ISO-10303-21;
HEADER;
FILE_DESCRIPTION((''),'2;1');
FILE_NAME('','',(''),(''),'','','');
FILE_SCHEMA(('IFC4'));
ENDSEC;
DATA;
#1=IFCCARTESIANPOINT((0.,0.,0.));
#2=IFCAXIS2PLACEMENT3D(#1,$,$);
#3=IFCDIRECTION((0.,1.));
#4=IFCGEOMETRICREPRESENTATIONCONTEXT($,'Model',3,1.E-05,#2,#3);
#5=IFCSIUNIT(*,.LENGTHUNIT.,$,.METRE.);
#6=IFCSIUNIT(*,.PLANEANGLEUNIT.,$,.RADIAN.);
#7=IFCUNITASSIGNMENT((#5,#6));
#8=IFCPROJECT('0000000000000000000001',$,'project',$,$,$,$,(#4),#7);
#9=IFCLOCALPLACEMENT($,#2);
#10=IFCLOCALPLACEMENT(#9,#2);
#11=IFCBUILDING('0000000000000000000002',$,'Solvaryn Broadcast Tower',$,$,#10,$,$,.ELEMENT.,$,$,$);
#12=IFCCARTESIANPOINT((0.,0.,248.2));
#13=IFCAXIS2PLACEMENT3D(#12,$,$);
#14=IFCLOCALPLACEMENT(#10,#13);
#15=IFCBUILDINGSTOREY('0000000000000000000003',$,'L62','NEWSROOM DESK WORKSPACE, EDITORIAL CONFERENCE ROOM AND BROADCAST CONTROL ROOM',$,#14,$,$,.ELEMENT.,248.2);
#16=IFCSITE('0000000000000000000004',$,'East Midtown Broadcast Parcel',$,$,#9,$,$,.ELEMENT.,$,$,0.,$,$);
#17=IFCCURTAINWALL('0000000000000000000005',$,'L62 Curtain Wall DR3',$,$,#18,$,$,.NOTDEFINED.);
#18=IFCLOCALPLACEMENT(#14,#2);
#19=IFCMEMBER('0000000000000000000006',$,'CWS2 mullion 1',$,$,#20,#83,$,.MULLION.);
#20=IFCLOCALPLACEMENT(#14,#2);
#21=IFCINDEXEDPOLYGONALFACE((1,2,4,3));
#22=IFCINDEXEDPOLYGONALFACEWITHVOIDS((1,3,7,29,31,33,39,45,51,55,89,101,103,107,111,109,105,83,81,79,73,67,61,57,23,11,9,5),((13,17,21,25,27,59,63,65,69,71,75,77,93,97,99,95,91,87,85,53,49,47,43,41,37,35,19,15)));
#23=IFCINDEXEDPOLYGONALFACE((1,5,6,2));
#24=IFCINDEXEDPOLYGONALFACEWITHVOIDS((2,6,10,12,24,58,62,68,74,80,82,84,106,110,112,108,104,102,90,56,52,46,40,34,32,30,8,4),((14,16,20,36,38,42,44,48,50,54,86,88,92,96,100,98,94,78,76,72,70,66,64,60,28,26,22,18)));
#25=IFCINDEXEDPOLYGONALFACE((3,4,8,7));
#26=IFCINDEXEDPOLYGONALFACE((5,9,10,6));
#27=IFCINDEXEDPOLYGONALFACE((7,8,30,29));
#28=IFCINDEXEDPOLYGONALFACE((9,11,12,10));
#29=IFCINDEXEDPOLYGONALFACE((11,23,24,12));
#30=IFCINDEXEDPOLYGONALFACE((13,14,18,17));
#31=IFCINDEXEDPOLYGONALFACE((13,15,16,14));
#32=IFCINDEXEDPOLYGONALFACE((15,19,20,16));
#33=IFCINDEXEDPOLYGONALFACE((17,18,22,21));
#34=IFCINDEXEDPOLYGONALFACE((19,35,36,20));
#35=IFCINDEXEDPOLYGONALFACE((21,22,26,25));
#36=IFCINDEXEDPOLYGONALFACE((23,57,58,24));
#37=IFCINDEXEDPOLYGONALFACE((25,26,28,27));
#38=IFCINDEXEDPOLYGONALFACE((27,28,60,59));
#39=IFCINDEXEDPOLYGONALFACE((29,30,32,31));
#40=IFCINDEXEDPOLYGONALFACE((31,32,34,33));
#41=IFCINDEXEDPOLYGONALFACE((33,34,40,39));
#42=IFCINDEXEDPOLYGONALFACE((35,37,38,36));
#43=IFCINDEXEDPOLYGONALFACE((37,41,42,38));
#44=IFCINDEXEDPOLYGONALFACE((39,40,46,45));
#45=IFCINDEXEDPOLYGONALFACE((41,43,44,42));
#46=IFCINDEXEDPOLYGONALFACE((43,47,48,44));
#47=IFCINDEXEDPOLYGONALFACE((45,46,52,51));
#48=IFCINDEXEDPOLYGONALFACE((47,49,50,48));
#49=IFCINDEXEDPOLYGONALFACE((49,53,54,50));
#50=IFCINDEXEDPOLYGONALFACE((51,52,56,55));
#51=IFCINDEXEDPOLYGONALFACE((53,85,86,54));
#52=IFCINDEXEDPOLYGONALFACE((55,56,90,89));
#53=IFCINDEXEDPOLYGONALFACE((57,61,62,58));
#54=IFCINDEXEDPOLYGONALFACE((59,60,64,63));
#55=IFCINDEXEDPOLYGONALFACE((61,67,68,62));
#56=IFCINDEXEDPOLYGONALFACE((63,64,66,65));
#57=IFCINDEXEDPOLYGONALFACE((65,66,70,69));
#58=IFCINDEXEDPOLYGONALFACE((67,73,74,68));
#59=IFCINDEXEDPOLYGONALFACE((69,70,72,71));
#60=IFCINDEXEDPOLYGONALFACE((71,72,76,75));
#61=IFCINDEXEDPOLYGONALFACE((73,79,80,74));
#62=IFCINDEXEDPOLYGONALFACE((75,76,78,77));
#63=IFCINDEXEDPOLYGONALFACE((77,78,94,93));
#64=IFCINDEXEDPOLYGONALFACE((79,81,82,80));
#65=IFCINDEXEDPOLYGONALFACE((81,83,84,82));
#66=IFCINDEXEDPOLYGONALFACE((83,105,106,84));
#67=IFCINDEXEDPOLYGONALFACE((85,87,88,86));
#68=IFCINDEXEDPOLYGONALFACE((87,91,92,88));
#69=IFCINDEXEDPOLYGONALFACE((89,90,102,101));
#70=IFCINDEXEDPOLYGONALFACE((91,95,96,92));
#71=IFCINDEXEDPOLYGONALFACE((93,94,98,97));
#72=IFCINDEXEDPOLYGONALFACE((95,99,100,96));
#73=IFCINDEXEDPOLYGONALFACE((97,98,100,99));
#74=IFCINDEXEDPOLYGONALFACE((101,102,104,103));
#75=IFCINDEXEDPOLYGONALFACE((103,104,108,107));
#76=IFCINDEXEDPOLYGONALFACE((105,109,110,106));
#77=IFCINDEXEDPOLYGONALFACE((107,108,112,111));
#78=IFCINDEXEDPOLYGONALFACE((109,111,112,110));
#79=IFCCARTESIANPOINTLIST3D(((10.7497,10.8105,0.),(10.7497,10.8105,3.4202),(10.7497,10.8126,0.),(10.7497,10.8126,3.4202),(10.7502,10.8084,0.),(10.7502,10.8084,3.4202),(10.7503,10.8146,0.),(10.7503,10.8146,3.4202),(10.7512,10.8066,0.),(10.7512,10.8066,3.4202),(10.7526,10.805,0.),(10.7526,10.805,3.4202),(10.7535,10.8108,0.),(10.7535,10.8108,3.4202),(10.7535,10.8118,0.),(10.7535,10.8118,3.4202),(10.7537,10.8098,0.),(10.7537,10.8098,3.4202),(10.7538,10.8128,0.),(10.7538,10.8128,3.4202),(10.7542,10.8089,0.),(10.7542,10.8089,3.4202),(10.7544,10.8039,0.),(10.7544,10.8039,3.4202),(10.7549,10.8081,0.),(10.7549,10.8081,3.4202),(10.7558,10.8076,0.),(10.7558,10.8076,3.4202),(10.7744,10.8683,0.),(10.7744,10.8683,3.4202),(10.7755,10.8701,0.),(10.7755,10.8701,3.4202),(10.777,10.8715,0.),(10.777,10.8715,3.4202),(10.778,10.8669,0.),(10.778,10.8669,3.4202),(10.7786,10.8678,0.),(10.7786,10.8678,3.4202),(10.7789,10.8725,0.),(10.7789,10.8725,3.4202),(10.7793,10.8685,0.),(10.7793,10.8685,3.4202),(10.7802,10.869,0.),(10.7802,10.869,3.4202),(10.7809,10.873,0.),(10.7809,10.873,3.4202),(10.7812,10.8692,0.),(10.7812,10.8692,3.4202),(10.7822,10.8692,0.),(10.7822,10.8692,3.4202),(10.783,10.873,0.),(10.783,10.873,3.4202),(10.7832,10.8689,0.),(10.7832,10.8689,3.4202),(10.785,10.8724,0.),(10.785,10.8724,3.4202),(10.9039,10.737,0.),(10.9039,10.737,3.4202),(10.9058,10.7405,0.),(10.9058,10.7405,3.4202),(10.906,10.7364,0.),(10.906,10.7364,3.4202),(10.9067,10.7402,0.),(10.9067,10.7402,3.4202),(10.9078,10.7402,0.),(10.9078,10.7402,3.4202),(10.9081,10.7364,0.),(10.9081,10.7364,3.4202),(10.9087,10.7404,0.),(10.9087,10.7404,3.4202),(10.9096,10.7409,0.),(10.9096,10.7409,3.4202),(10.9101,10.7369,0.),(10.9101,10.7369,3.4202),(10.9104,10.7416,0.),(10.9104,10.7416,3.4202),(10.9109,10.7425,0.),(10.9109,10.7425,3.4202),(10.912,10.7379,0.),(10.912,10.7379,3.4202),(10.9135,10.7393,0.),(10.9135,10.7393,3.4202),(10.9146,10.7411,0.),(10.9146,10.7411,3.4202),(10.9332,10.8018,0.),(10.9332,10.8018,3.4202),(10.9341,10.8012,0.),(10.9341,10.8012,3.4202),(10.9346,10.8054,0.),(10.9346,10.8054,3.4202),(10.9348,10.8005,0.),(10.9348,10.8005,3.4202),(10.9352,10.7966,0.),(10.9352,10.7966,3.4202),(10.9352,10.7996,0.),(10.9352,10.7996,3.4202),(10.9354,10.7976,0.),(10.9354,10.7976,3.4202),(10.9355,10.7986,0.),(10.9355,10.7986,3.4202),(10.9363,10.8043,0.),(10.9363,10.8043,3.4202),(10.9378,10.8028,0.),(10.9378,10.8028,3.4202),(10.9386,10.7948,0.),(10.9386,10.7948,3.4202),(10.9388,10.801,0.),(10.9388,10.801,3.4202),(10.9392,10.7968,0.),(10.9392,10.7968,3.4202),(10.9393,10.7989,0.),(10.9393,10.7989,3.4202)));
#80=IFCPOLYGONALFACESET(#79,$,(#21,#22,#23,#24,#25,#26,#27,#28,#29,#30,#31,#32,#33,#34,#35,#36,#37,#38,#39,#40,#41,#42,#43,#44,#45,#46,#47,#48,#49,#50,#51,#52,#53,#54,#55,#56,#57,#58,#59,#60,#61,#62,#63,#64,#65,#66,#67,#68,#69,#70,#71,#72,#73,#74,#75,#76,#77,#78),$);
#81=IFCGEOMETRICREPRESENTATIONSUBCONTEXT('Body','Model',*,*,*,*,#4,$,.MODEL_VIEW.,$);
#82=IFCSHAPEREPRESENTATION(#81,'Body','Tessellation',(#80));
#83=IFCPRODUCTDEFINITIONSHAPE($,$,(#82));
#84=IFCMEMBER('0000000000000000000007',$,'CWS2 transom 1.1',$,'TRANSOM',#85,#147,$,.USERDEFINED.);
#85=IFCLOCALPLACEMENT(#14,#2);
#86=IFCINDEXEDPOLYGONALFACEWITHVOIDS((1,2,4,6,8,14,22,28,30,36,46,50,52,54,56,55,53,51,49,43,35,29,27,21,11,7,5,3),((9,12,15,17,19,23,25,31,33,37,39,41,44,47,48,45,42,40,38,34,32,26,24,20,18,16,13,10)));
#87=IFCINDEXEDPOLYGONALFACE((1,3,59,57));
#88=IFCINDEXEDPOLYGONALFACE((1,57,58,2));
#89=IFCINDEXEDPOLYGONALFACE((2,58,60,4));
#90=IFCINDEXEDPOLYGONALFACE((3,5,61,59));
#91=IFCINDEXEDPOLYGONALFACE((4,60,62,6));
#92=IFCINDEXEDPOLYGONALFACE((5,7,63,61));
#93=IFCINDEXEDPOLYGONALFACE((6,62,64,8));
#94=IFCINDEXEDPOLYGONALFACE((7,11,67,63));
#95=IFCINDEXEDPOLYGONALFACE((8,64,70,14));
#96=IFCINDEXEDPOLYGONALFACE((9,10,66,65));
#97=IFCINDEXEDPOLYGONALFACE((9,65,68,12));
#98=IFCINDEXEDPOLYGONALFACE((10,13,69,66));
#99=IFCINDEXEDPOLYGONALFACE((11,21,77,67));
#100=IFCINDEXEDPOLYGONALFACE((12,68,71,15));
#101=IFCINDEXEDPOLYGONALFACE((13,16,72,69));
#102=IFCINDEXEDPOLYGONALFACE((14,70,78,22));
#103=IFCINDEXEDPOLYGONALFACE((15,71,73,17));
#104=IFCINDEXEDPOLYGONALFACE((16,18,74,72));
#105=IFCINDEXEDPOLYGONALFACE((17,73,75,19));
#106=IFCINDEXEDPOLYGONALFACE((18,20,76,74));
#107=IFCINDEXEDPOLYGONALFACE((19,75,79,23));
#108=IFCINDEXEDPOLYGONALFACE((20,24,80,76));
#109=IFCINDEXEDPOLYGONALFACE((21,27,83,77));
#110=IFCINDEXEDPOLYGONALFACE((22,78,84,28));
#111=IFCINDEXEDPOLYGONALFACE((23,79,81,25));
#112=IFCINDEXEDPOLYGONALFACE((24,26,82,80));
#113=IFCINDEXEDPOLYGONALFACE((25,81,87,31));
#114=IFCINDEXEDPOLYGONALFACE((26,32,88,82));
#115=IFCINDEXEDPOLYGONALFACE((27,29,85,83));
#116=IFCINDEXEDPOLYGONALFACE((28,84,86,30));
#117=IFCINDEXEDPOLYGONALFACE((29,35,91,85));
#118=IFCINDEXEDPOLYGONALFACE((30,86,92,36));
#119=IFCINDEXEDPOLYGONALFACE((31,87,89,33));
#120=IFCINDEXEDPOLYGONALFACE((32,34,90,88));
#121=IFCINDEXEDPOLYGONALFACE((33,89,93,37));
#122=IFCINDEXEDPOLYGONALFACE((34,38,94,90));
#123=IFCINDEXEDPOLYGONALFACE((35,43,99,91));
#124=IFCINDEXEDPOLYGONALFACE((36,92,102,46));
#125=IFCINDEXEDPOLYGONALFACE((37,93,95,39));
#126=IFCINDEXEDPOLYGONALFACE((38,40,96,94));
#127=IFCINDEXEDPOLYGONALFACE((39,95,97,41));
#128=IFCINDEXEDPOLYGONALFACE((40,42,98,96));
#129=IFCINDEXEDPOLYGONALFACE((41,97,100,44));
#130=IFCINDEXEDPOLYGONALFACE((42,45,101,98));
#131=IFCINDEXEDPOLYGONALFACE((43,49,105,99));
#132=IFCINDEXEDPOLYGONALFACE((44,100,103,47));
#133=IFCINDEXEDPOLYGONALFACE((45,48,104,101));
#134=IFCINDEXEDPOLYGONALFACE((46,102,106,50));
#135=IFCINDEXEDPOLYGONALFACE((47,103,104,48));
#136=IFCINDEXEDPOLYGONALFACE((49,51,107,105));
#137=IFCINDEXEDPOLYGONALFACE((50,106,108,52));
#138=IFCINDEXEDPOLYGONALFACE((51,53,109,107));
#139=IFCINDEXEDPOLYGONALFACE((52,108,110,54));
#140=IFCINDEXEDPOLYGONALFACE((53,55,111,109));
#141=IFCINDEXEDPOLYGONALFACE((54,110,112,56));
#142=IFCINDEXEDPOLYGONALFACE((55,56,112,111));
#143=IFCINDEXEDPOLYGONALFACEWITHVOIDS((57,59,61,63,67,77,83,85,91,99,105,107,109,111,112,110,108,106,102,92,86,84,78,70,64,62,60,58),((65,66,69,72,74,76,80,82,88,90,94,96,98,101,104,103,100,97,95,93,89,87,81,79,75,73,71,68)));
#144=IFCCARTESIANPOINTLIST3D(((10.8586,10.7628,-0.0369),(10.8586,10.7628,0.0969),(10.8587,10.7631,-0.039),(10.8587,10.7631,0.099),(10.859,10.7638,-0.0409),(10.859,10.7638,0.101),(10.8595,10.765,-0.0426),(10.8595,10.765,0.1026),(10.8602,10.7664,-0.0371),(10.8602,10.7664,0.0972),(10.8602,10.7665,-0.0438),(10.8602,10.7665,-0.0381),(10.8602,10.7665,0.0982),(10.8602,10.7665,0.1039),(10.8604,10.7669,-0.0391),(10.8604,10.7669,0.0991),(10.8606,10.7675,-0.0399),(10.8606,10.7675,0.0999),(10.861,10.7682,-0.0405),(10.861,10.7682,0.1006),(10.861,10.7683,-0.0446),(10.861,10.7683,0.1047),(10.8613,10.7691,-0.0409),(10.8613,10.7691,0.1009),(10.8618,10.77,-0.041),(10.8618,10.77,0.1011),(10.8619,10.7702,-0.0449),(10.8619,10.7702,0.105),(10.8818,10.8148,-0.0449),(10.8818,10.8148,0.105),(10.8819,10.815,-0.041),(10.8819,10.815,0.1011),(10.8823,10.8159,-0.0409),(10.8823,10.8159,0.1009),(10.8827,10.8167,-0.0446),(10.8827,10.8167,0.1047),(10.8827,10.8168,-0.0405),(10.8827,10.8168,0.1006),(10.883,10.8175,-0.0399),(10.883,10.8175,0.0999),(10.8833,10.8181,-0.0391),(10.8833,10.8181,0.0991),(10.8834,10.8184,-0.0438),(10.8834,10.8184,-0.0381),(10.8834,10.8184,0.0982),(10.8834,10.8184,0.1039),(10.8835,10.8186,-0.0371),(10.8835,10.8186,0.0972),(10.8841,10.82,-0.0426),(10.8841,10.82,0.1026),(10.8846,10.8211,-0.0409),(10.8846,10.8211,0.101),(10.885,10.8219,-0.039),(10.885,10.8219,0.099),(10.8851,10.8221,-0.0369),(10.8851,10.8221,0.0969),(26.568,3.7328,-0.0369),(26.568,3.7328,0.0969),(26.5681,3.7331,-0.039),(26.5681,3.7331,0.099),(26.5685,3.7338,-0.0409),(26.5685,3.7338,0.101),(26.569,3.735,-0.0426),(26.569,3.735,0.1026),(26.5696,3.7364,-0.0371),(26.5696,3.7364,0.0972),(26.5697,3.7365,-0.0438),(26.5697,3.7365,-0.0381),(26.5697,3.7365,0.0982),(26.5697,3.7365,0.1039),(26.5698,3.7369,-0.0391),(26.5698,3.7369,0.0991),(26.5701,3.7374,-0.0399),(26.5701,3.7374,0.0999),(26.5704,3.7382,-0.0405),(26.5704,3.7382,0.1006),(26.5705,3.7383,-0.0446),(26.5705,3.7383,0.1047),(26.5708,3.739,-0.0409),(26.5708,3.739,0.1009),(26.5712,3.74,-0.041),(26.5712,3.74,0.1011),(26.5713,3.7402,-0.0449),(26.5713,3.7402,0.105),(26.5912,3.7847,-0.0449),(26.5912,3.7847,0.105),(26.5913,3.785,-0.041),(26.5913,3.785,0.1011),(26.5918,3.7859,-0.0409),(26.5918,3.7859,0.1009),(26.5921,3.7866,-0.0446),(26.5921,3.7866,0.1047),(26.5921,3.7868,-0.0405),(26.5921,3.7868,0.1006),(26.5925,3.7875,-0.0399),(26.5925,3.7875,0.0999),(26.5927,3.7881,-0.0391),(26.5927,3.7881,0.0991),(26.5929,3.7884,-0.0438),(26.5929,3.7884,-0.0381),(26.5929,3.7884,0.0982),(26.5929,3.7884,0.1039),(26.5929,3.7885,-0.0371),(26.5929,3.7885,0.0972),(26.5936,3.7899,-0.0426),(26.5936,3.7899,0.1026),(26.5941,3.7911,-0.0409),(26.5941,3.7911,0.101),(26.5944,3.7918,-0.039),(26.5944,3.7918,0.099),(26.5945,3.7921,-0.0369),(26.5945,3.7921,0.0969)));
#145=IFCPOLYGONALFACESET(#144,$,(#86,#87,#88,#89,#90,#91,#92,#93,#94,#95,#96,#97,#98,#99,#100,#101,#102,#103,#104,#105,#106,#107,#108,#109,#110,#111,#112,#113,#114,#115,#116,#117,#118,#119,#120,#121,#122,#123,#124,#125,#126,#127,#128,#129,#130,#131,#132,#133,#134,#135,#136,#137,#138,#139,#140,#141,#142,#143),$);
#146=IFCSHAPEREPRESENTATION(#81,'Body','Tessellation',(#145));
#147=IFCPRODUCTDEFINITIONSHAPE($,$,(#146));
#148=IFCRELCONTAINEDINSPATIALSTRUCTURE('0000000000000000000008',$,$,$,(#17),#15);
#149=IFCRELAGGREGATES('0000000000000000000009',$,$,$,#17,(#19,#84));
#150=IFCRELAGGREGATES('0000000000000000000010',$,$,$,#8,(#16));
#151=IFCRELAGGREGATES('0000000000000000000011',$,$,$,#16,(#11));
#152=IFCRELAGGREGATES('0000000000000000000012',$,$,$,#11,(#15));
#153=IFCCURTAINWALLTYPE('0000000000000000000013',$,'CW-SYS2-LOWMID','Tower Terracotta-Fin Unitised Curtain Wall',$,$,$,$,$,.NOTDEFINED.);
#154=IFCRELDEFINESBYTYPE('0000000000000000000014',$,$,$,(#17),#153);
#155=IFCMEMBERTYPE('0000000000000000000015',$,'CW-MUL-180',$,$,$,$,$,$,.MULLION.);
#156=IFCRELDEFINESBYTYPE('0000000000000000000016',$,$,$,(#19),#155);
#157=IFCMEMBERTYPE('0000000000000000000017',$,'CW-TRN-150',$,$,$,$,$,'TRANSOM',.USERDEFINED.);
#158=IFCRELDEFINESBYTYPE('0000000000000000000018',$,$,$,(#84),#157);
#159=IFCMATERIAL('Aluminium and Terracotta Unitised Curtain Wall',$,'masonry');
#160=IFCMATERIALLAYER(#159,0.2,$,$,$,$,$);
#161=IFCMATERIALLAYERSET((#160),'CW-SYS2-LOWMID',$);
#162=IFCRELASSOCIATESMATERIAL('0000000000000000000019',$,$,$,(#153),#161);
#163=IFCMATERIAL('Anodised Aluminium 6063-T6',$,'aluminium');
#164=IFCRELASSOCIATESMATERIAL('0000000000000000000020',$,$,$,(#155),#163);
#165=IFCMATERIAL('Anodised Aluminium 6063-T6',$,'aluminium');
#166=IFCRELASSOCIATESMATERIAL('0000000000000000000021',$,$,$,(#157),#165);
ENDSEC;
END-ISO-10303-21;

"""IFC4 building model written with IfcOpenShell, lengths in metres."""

from ifc_helpers import new_model, si_unit, direction, frame, origin, origin_2d, place, context, subcontext, project, spatial, hollow_rectangle, extrude, material, layer, layer_set, material_profile, profile_set, type_object, element, aggregate, save


model = new_model("IFC4")

# Units and contexts
model_context = context("Model", 3, precision=1e-05, world=origin(), true_north=direction((0.0, 1.0)))
body_context = subcontext(model_context, "Body", "Model", "MODEL_VIEW")
ifc_project = project(units=[si_unit("LENGTHUNIT", "METRE"), si_unit("PLANEANGLEUNIT", "RADIAN")], contexts=[model_context])

# Site, building, storey
site_placement = place(None, origin())
site = spatial("IfcSite", under=ifc_project, at=site_placement, Name="East Midtown Broadcast Parcel", CompositionType="ELEMENT", RefElevation=0.0)
building_placement = place(site_placement, origin())
building = spatial("IfcBuilding", under=site, at=building_placement, Name="Solvaryn Broadcast Tower", CompositionType="ELEMENT")
storey_placement = place(building_placement, frame((0.0, 0.0, 248.2)))
storey = spatial("IfcBuildingStorey", under=building, at=storey_placement, Name="L62", Description="NEWSROOM DESK WORKSPACE, EDITORIAL CONFERENCE ROOM AND BROADCAST CONTROL ROOM", CompositionType="ELEMENT", Elevation=248.2)

# Shared definitions
ifc_material_1 = material(Name="Aluminium and Terracotta Unitised Curtain Wall", Category="masonry")
ifc_layer_1 = layer(ifc_material_1, 0.2)
ifc_layer_set_1 = layer_set([ifc_layer_1], Name="CW-SYS2-LOWMID")
curtain_wall_type = type_object("IfcCurtainWallType", Name="CW-SYS2-LOWMID", Description="Tower Terracotta-Fin Unitised Curtain Wall", PredefinedType="NOTDEFINED", material=ifc_layer_set_1)
ifc_material_2 = material(Name="Anodised Aluminium 6063-T6", Category="aluminium")
ifc_material_profile_1 = material_profile(ifc_material_2, hollow_rectangle(XDim=0.075, YDim=0.1799, WallThickness=0.0039, InnerFilletRadius=0.0039, OuterFilletRadius=0.0081, at=origin_2d()))
ifc_profile_set_1 = profile_set([ifc_material_profile_1], Name="Anodised Aluminium 6063-T6")
member_type_1 = type_object("IfcMemberType", Name="CW-MUL-180", PredefinedType="MULLION", material=ifc_profile_set_1)

# Curtain wall, members
curtain_wall_1_placement = place(storey_placement, origin())
curtain_wall_1 = element("IfcCurtainWall", 1, at=curtain_wall_1_placement, inside=storey, type_object=curtain_wall_type, Name="L62 Curtain Wall DR3", PredefinedType="NOTDEFINED")
member_1_placement = place(storey_placement, frame((10.8445, 10.8047, 0.0), z_axis=(0.0, 0.0, 1.0), x_axis=(0.408466, 0.912774, 0.0)))
member_1 = element("IfcMember", 2, at=member_1_placement, type_object=member_type_1, Name="CWS2 mullion 1", PredefinedType="MULLION", context=body_context, shape_type="SweptSolid", body=[
    extrude(hollow_rectangle(XDim=0.075, YDim=0.1799, WallThickness=0.0039, InnerFilletRadius=0.0039, OuterFilletRadius=0.0081, at=origin_2d()), origin(), (0.0, 0.0, 1.0), 3.4202),
])
ifc_material_3 = material(Name="Anodised Aluminium 6063-T6", Category="aluminium")
ifc_material_profile_2 = material_profile(ifc_material_3, hollow_rectangle(XDim=0.0649, YDim=0.1499, WallThickness=0.0039, InnerFilletRadius=0.0039, OuterFilletRadius=0.0081, at=origin_2d()))
ifc_profile_set_2 = profile_set([ifc_material_profile_2], Name="Anodised Aluminium 6063-T6")
member_type_2 = type_object("IfcMemberType", Name="CW-TRN-150", ElementType="TRANSOM", PredefinedType="USERDEFINED", material=ifc_profile_set_2)
member_2_placement = place(storey_placement, frame((10.8718, 10.7925, 0.03), z_axis=(0.912773, -0.408468, 0.0), x_axis=(0.408468, 0.912773, 0.0)))
member_2 = element("IfcMember", 3, at=member_2_placement, type_object=member_type_2, Name="CWS2 transom 1.1", ObjectType="TRANSOM", PredefinedType="USERDEFINED", context=body_context, shape_type="SweptSolid", body=[
    extrude(hollow_rectangle(XDim=0.0649, YDim=0.1499, WallThickness=0.0039, InnerFilletRadius=0.0039, OuterFilletRadius=0.0081, at=origin_2d()), origin(), (0.0, 0.0, 1.0), 17.2107),
])
aggregate(curtain_wall_1, [member_1, member_2])

save(model, "model.ifc")
